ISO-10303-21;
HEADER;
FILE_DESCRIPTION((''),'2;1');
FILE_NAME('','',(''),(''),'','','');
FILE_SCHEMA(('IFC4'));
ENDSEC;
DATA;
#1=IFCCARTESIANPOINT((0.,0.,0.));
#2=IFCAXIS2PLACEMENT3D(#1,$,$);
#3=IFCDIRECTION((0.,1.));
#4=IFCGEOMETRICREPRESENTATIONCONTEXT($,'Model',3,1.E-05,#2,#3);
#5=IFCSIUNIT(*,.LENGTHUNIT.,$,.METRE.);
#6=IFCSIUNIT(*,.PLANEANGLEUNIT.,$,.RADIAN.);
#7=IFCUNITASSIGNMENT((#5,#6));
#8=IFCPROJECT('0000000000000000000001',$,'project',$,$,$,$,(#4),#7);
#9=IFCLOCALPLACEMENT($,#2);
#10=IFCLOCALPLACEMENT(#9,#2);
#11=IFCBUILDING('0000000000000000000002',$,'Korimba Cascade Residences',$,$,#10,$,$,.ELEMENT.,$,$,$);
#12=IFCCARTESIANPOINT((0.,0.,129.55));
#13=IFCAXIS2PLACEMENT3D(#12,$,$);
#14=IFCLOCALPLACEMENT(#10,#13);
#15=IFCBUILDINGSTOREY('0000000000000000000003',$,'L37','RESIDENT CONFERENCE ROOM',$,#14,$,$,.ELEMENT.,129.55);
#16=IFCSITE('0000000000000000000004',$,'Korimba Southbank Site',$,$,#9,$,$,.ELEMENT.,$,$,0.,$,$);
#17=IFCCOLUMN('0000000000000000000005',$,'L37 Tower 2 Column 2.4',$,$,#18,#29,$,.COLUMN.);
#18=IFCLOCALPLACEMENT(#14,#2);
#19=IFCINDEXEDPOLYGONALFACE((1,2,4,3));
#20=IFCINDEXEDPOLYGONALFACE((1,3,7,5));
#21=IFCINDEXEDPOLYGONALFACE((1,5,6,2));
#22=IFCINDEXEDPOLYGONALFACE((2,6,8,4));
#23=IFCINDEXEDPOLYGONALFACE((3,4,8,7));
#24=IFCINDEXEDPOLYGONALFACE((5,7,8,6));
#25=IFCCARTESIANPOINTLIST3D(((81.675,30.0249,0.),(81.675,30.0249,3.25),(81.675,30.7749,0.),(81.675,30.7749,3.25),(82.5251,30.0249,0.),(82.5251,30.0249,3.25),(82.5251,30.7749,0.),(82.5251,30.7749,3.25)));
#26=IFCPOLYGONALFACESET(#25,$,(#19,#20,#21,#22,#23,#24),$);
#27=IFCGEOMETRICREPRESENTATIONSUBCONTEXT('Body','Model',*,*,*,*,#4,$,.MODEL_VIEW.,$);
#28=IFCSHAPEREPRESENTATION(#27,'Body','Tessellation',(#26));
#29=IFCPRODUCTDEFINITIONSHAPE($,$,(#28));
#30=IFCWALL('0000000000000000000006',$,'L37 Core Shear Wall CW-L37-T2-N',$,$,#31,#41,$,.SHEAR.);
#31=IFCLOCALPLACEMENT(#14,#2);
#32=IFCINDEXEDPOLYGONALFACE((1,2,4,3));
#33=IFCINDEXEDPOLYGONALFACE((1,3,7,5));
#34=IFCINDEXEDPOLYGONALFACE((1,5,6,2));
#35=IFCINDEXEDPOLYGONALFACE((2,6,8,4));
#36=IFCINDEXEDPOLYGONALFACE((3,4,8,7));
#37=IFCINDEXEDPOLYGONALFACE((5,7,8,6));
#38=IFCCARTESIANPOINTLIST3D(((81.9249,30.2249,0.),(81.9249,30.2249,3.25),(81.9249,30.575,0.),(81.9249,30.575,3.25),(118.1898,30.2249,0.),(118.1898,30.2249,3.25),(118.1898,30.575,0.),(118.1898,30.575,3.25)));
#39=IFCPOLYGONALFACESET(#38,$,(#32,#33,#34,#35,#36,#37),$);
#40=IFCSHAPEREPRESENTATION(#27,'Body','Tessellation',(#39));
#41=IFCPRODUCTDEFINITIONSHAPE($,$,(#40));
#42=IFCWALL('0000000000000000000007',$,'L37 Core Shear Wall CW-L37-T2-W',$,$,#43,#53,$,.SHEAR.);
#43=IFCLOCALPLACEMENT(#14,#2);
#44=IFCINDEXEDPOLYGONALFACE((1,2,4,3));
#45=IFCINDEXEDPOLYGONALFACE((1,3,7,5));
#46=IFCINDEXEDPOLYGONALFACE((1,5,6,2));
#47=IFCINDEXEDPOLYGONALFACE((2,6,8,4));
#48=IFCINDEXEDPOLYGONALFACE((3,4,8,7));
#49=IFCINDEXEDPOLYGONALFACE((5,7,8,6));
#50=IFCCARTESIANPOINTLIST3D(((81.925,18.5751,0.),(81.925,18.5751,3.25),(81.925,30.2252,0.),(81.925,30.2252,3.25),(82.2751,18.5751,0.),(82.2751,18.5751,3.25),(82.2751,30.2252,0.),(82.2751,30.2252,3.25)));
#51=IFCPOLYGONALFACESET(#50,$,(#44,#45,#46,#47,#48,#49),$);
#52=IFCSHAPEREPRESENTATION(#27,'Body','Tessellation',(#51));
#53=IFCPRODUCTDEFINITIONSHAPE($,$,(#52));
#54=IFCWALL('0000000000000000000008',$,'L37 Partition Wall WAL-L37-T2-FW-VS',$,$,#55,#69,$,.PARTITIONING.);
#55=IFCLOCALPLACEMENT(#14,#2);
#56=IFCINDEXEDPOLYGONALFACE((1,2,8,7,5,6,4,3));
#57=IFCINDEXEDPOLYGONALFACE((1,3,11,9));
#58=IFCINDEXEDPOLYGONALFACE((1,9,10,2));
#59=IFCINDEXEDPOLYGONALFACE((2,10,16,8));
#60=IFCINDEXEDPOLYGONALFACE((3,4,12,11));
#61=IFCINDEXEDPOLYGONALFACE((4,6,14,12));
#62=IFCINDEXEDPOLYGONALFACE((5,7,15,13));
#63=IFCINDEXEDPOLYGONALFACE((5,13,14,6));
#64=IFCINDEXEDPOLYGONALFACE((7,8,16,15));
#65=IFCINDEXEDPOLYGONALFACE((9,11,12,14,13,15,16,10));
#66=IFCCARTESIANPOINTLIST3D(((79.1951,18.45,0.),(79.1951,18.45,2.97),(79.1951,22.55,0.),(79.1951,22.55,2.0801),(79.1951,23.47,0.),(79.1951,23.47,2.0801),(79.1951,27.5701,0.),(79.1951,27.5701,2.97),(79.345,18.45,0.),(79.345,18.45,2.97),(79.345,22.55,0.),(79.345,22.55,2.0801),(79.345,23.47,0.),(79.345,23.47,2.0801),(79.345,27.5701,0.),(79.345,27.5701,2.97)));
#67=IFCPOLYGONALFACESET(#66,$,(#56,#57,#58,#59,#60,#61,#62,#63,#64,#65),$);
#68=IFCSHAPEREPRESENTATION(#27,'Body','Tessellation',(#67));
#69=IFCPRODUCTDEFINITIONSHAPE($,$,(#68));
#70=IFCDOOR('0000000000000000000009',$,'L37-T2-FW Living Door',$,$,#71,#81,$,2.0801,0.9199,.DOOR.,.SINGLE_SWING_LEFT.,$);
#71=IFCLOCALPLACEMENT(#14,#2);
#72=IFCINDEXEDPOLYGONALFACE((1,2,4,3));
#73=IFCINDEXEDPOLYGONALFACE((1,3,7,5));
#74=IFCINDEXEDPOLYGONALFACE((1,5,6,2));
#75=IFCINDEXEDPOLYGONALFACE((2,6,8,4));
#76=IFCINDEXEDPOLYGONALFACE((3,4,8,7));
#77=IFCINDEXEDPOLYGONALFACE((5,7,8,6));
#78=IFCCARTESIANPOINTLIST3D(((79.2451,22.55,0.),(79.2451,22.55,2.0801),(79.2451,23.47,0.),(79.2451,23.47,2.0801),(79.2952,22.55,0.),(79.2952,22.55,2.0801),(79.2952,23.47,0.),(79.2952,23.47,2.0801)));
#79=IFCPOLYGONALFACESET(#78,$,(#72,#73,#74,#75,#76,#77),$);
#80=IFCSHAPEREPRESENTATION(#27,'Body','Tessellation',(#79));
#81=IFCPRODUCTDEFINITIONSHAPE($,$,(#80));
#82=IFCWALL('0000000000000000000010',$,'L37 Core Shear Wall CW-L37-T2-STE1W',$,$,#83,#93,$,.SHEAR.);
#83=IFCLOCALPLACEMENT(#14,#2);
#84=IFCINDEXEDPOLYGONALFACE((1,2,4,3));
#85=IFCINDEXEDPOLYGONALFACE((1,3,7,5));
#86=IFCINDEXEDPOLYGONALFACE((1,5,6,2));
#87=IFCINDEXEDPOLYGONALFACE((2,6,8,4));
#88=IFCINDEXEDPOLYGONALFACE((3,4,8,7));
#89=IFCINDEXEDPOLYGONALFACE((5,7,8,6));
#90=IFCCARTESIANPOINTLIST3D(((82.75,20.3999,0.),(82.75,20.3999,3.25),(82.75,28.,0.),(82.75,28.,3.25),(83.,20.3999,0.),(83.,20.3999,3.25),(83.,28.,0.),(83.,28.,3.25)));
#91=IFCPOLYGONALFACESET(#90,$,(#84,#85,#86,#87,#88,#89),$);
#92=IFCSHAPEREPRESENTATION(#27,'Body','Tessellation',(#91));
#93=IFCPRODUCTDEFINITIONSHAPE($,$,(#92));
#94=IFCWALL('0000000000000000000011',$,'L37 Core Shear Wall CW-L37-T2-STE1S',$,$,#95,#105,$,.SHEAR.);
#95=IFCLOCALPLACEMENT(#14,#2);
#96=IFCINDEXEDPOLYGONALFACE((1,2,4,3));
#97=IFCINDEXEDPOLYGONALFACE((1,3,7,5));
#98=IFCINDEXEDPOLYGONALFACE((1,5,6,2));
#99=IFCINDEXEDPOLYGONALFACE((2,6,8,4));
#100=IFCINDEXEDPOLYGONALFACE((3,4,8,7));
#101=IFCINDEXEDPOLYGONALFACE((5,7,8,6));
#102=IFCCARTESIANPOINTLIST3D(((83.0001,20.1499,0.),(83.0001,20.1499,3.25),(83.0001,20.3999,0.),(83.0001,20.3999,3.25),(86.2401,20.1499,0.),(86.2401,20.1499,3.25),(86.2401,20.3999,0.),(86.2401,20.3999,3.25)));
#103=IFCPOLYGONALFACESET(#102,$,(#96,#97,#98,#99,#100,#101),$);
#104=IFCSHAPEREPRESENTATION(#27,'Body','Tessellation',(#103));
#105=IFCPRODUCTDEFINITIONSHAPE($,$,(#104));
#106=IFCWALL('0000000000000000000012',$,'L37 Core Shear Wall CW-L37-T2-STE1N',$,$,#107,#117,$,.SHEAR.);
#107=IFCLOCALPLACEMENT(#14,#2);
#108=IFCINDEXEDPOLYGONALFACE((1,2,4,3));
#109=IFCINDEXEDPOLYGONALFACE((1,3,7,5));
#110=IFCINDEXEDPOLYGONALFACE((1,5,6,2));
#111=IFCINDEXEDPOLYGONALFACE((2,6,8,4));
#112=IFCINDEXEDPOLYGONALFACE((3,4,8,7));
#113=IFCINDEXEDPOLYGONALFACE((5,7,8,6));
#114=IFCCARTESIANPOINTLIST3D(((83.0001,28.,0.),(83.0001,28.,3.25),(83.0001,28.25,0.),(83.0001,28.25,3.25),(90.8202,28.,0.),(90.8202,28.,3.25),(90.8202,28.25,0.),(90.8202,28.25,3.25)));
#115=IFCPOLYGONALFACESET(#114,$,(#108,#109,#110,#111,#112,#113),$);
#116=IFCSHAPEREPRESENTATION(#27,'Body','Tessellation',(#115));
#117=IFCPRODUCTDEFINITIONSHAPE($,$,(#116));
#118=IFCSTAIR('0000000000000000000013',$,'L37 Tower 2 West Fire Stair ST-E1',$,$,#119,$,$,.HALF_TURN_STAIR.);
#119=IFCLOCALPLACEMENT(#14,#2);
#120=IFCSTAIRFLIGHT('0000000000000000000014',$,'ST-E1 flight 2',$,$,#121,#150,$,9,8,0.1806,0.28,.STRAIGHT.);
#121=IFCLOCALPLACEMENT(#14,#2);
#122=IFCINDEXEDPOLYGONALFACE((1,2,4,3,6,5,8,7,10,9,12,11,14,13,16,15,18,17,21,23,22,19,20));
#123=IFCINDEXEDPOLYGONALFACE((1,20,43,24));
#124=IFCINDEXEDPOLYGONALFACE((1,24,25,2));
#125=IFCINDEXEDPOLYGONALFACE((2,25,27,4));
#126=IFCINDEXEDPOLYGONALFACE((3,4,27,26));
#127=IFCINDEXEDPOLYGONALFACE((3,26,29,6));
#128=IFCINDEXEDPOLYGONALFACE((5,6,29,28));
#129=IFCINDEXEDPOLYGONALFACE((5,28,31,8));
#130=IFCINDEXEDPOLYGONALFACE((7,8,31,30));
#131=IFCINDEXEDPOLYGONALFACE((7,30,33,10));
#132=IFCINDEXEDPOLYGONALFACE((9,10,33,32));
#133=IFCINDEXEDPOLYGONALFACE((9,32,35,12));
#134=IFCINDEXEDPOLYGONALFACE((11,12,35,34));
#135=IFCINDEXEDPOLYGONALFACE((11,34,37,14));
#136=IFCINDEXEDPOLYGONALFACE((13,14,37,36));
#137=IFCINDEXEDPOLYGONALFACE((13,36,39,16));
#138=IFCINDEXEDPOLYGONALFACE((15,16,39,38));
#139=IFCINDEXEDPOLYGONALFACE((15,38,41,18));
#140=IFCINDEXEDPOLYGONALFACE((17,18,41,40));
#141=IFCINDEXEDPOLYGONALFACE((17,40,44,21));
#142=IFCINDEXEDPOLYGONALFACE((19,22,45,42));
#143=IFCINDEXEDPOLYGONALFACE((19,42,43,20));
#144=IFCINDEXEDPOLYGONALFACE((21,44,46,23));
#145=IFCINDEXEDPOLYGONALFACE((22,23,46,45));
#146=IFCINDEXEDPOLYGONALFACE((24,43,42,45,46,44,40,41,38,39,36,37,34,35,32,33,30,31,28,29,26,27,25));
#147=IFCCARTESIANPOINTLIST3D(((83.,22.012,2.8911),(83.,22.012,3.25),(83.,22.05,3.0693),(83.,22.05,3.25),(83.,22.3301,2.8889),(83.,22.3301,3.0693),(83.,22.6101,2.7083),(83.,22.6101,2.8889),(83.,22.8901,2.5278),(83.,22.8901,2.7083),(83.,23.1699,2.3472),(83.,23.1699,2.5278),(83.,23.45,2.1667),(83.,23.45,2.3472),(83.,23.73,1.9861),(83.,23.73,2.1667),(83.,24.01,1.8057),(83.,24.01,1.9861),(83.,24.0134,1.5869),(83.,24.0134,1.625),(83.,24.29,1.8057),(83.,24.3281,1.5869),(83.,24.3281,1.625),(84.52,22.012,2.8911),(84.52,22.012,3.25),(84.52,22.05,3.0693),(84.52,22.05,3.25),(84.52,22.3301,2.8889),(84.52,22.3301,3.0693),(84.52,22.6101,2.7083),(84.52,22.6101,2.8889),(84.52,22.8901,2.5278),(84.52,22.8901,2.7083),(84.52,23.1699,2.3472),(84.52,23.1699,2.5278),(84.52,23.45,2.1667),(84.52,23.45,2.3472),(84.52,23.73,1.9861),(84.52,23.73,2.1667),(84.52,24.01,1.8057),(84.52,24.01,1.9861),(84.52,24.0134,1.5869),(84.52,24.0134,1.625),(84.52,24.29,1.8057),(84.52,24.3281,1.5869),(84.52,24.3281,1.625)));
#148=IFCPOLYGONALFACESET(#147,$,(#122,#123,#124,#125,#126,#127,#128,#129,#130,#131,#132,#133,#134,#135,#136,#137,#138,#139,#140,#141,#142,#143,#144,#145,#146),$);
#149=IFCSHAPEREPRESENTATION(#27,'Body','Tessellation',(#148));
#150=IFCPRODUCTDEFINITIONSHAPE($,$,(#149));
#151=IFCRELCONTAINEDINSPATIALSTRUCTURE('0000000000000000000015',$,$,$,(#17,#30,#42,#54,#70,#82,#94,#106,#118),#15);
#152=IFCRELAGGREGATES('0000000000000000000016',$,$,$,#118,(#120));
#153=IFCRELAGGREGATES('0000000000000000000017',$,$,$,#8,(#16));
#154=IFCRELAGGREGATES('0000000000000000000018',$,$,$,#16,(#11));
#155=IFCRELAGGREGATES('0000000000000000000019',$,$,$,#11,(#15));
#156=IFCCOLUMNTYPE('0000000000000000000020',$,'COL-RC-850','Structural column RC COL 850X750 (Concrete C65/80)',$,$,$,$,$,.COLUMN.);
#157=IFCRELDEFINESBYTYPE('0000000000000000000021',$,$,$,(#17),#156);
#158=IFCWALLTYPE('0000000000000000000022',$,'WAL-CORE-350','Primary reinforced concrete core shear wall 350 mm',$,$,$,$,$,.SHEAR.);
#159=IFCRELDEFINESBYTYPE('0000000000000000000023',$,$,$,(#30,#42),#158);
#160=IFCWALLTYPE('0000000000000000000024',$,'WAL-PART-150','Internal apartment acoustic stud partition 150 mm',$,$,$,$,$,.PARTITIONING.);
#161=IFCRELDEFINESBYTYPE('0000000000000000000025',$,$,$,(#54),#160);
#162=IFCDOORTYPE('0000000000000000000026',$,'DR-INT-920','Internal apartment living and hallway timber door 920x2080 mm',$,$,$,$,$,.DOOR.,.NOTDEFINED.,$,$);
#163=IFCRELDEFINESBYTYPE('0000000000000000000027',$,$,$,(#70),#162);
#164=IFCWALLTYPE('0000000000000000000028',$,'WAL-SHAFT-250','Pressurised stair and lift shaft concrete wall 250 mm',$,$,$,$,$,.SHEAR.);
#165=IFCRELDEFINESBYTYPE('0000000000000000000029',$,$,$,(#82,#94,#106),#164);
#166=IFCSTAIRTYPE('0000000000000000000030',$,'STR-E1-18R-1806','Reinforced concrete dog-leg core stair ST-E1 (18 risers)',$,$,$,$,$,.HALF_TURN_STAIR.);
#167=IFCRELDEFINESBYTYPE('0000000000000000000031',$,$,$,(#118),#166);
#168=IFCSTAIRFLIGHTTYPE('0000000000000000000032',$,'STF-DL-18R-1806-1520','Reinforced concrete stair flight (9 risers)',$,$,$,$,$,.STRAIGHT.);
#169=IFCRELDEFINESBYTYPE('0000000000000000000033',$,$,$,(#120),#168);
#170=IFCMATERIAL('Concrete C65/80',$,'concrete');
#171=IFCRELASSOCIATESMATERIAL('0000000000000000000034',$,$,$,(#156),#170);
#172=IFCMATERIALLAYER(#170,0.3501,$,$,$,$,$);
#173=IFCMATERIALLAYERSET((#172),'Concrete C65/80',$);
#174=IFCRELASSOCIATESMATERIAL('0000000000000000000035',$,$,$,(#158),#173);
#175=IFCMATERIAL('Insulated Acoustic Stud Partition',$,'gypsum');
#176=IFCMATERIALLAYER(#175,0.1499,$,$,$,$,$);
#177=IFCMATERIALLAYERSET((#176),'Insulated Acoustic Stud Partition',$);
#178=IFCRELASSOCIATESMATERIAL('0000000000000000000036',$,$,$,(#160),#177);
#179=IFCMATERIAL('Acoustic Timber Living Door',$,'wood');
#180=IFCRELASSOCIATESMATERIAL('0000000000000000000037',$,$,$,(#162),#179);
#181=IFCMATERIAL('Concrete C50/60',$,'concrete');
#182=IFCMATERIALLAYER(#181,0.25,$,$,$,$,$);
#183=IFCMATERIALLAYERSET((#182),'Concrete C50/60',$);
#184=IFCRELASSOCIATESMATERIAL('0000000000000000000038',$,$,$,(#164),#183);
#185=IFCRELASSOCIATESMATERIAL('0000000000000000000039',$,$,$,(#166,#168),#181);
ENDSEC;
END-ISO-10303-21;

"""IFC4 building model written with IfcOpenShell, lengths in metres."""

from ifc_helpers import new_model, si_unit, direction, frame, frame_2d, origin, origin_2d, place, context, subcontext, project, spatial, polyline, rectangle, outline, extrude, material, layer, layer_set, material_profile, profile_set, type_object, element, fill, aggregate, save


model = new_model("IFC4")

# Units and contexts
model_context = context("Model", 3, precision=1e-05, world=origin(), true_north=direction((0.0, 1.0)))
body_context = subcontext(model_context, "Body", "Model", "MODEL_VIEW")
ifc_project = project(units=[si_unit("LENGTHUNIT", "METRE"), si_unit("PLANEANGLEUNIT", "RADIAN")], contexts=[model_context])

# Site, building, storey
site_placement = place(None, origin())
site = spatial("IfcSite", under=ifc_project, at=site_placement, Name="Korimba Southbank Site", CompositionType="ELEMENT", RefElevation=0.0)
building_placement = place(site_placement, origin())
building = spatial("IfcBuilding", under=site, at=building_placement, Name="Korimba Cascade Residences", CompositionType="ELEMENT")
storey_placement = place(building_placement, frame((0.0, 0.0, 129.55)))
storey = spatial("IfcBuildingStorey", under=building, at=storey_placement, Name="L37", Description="RESIDENT CONFERENCE ROOM", CompositionType="ELEMENT", Elevation=129.55)

# Column
ifc_material_1 = material(Name="Concrete C65/80", Category="concrete")
ifc_material_profile = material_profile(ifc_material_1, rectangle(XDim=0.8501, YDim=0.75, at=origin_2d()), Name="Concrete C65/80")
ifc_profile_set = profile_set([ifc_material_profile], Name="Concrete C65/80")
column_type = type_object("IfcColumnType", Name="COL-RC-850", Description="Structural column RC COL 850X750 (Concrete C65/80)", PredefinedType="COLUMN", material=ifc_profile_set)
column_placement = place(storey_placement, frame((82.1001, 30.3999, 0.0), z_axis=(0.0, 0.0, 1.0), x_axis=(1.0, 0.0, 0.0)))
element("IfcColumn", 1, at=column_placement, inside=storey, type_object=column_type, Name="L37 Tower 2 Column 2.4", PredefinedType="COLUMN", context=body_context, shape_type="SweptSolid", body=[
    extrude(rectangle(XDim=0.8501, YDim=0.75, at=origin_2d()), origin(), (0.0, 0.0, 1.0), 3.25),
])

# Walls
ifc_layer_1 = layer(ifc_material_1, 0.3501)
ifc_layer_set_1 = layer_set([ifc_layer_1], Name="Concrete C65/80")
wall_type_1 = type_object("IfcWallType", Name="WAL-CORE-350", Description="Primary reinforced concrete core shear wall 350 mm", PredefinedType="SHEAR", material=ifc_layer_set_1)
wall_1_placement = place(storey_placement, frame((81.925, 30.3999, 0.0), z_axis=(0.0, 0.0, 1.0), x_axis=(1.0, 0.0, 0.0)))
element("IfcWall", 2, at=wall_1_placement, inside=storey, type_object=wall_type_1, Name="L37 Core Shear Wall CW-L37-T2-N", PredefinedType="SHEAR", context=body_context, shape_type="SweptSolid", body=[
    extrude(rectangle(XDim=36.2649, YDim=0.3501, at=frame_2d((18.1323, 0.0))), origin(), (0.0, 0.0, 1.0), 3.25),
])
wall_2_placement = place(storey_placement, frame((82.1001, 18.575, 0.0), z_axis=(0.0, 0.0, 1.0), x_axis=(0.0, 1.0, 0.0)))
element("IfcWall", 3, at=wall_2_placement, inside=storey, type_object=wall_type_1, Name="L37 Core Shear Wall CW-L37-T2-W", PredefinedType="SHEAR", context=body_context, shape_type="SweptSolid", body=[
    extrude(rectangle(XDim=11.6501, YDim=0.3501, at=frame_2d((5.8252, 0.0))), origin(), (0.0, 0.0, 1.0), 3.25),
])

# Wall, opening, door
ifc_material_2 = material(Name="Insulated Acoustic Stud Partition", Category="gypsum")
ifc_layer_2 = layer(ifc_material_2, 0.1499)
ifc_layer_set_2 = layer_set([ifc_layer_2], Name="Insulated Acoustic Stud Partition")
wall_type_2 = type_object("IfcWallType", Name="WAL-PART-150", Description="Internal apartment acoustic stud partition 150 mm", PredefinedType="PARTITIONING", material=ifc_layer_set_2)
wall_3_placement = place(storey_placement, frame((79.27, 18.45, 0.0), z_axis=(0.0, 0.0, 1.0), x_axis=(0.0, 1.0, 0.0)))
wall_3 = element("IfcWall", 4, at=wall_3_placement, inside=storey, type_object=wall_type_2, Name="L37 Partition Wall WAL-L37-T2-FW-VS", PredefinedType="PARTITIONING", context=body_context, shape_type="SweptSolid", body=[
    extrude(rectangle(XDim=9.1201, YDim=0.1499, at=frame_2d((4.5601, 0.0))), origin(), (0.0, 0.0, 1.0), 2.97),
])
opening_placement = place(wall_3_placement, frame((4.1001, 0.0, 0.0)))
opening = element("IfcOpeningElement", 5, at=opening_placement, cuts=wall_3, PredefinedType="OPENING", context=body_context, shape_type="SweptSolid", body=[
    extrude(rectangle(XDim=0.9199, YDim=2.0801, at=frame_2d((0.46, 1.04))), frame((0.0, 0.085, 0.0), z_axis=(0.0, -1.0, 0.0), x_axis=(1.0, 0.0, 0.0)), (0.0, 0.0, 1.0), 0.1699),
])
ifc_material_3 = material(Name="Acoustic Timber Living Door", Category="wood")
door_type = type_object("IfcDoorType", Name="DR-INT-920", Description="Internal apartment living and hallway timber door 920x2080 mm", OperationType="NOTDEFINED", PredefinedType="DOOR", material=ifc_material_3)
door_placement = place(opening_placement, origin())
door = element("IfcDoor", 6, at=door_placement, inside=storey, type_object=door_type, Name="L37-T2-FW Living Door", OperationType="SINGLE_SWING_LEFT", OverallHeight=2.0801, OverallWidth=0.9199, PredefinedType="DOOR", context=body_context, shape_type="SweptSolid", body=[
    extrude(rectangle(XDim=0.9199, YDim=2.0801, at=frame_2d((0.46, 1.04))), frame((0.0, 0.0249, 0.0), z_axis=(0.0, -1.0, 0.0), x_axis=(1.0, 0.0, 0.0)), (0.0, 0.0, 1.0), 0.05),
])
fill(opening, door)

# Walls
ifc_material_4 = material(Name="Concrete C50/60", Category="concrete")
ifc_layer_3 = layer(ifc_material_4, 0.25)
ifc_layer_set_3 = layer_set([ifc_layer_3], Name="Concrete C50/60")
wall_type_3 = type_object("IfcWallType", Name="WAL-SHAFT-250", Description="Pressurised stair and lift shaft concrete wall 250 mm", PredefinedType="SHEAR", material=ifc_layer_set_3)
wall_4_placement = place(storey_placement, frame((82.875, 20.3999, 0.0), z_axis=(0.0, 0.0, 1.0), x_axis=(0.0, 1.0, 0.0)))
element("IfcWall", 7, at=wall_4_placement, inside=storey, type_object=wall_type_3, Name="L37 Core Shear Wall CW-L37-T2-STE1W", PredefinedType="SHEAR", context=body_context, shape_type="SweptSolid", body=[
    extrude(rectangle(XDim=7.6001, YDim=0.25, at=frame_2d((3.8, 0.0))), origin(), (0.0, 0.0, 1.0), 3.25),
])
wall_5_placement = place(storey_placement, frame((83.0, 20.2749, 0.0), z_axis=(0.0, 0.0, 1.0), x_axis=(1.0, 0.0, 0.0)))
element("IfcWall", 8, at=wall_5_placement, inside=storey, type_object=wall_type_3, Name="L37 Core Shear Wall CW-L37-T2-STE1S", PredefinedType="SHEAR", context=body_context, shape_type="SweptSolid", body=[
    extrude(rectangle(XDim=3.24, YDim=0.25, at=frame_2d((1.6201, 0.0))), origin(), (0.0, 0.0, 1.0), 3.25),
])
wall_6_placement = place(storey_placement, frame((83.0, 28.125, 0.0), z_axis=(0.0, 0.0, 1.0), x_axis=(1.0, 0.0, 0.0)))
element("IfcWall", 9, at=wall_6_placement, inside=storey, type_object=wall_type_3, Name="L37 Core Shear Wall CW-L37-T2-STE1N", PredefinedType="SHEAR", context=body_context, shape_type="SweptSolid", body=[
    extrude(rectangle(XDim=7.8201, YDim=0.25, at=frame_2d((3.9102, 0.0))), origin(), (0.0, 0.0, 1.0), 3.25),
])

# Stair, stair flight
stair_type = type_object("IfcStairType", Name="STR-E1-18R-1806", Description="Reinforced concrete dog-leg core stair ST-E1 (18 risers)", PredefinedType="HALF_TURN_STAIR", material=ifc_material_4)
stair_placement = place(storey_placement, origin())
stair = element("IfcStair", 10, at=stair_placement, inside=storey, type_object=stair_type, Name="L37 Tower 2 West Fire Stair ST-E1", PredefinedType="HALF_TURN_STAIR")
stair_flight_type = type_object("IfcStairFlightType", Name="STF-DL-18R-1806-1520", Description="Reinforced concrete stair flight (9 risers)", PredefinedType="STRAIGHT", material=ifc_material_4)
stair_flight_placement = place(storey_placement, frame((83.76, 24.29, 1.625), z_axis=(0.0, 0.0, 1.0), x_axis=(0.0, -1.0, 0.0)))
stair_flight = element("IfcStairFlight", 11, at=stair_flight_placement, type_object=stair_flight_type, Name="ST-E1 flight 2", NumberOfRisers=9, NumberOfTreads=8, PredefinedType="STRAIGHT", RiserHeight=0.1806, TreadLength=0.28, context=body_context, shape_type="SweptSolid", body=[
    extrude(outline(polyline([(-0.0381, 0.0), (0.0, 0.1807), (0.28, 0.1807), (0.28, 0.3611), (0.5601, 0.3611), (0.5601, 0.5417), (0.8401, 0.5417), (0.8401, 0.7222), (1.1201, 0.7222), (1.1201, 0.9028), (1.3999, 0.9028), (1.3999, 1.0833), (1.6799, 1.0833), (1.6799, 1.2639), (1.96, 1.2639), (1.96, 1.4443), (2.24, 1.4443), (2.24, 1.625), (2.2781, 1.625), (2.2781, 1.2661), (0.2766, 0.0), (0.2766, -0.0381), (-0.0381, -0.0381), (-0.0381, 0.0)])), frame((0.0, 0.76, 0.0), z_axis=(0.0, -1.0, 0.0), x_axis=(1.0, 0.0, 0.0)), (0.0, 0.0, 1.0), 1.52),
])
aggregate(stair, [stair_flight])

save(model, "model.ifc")
